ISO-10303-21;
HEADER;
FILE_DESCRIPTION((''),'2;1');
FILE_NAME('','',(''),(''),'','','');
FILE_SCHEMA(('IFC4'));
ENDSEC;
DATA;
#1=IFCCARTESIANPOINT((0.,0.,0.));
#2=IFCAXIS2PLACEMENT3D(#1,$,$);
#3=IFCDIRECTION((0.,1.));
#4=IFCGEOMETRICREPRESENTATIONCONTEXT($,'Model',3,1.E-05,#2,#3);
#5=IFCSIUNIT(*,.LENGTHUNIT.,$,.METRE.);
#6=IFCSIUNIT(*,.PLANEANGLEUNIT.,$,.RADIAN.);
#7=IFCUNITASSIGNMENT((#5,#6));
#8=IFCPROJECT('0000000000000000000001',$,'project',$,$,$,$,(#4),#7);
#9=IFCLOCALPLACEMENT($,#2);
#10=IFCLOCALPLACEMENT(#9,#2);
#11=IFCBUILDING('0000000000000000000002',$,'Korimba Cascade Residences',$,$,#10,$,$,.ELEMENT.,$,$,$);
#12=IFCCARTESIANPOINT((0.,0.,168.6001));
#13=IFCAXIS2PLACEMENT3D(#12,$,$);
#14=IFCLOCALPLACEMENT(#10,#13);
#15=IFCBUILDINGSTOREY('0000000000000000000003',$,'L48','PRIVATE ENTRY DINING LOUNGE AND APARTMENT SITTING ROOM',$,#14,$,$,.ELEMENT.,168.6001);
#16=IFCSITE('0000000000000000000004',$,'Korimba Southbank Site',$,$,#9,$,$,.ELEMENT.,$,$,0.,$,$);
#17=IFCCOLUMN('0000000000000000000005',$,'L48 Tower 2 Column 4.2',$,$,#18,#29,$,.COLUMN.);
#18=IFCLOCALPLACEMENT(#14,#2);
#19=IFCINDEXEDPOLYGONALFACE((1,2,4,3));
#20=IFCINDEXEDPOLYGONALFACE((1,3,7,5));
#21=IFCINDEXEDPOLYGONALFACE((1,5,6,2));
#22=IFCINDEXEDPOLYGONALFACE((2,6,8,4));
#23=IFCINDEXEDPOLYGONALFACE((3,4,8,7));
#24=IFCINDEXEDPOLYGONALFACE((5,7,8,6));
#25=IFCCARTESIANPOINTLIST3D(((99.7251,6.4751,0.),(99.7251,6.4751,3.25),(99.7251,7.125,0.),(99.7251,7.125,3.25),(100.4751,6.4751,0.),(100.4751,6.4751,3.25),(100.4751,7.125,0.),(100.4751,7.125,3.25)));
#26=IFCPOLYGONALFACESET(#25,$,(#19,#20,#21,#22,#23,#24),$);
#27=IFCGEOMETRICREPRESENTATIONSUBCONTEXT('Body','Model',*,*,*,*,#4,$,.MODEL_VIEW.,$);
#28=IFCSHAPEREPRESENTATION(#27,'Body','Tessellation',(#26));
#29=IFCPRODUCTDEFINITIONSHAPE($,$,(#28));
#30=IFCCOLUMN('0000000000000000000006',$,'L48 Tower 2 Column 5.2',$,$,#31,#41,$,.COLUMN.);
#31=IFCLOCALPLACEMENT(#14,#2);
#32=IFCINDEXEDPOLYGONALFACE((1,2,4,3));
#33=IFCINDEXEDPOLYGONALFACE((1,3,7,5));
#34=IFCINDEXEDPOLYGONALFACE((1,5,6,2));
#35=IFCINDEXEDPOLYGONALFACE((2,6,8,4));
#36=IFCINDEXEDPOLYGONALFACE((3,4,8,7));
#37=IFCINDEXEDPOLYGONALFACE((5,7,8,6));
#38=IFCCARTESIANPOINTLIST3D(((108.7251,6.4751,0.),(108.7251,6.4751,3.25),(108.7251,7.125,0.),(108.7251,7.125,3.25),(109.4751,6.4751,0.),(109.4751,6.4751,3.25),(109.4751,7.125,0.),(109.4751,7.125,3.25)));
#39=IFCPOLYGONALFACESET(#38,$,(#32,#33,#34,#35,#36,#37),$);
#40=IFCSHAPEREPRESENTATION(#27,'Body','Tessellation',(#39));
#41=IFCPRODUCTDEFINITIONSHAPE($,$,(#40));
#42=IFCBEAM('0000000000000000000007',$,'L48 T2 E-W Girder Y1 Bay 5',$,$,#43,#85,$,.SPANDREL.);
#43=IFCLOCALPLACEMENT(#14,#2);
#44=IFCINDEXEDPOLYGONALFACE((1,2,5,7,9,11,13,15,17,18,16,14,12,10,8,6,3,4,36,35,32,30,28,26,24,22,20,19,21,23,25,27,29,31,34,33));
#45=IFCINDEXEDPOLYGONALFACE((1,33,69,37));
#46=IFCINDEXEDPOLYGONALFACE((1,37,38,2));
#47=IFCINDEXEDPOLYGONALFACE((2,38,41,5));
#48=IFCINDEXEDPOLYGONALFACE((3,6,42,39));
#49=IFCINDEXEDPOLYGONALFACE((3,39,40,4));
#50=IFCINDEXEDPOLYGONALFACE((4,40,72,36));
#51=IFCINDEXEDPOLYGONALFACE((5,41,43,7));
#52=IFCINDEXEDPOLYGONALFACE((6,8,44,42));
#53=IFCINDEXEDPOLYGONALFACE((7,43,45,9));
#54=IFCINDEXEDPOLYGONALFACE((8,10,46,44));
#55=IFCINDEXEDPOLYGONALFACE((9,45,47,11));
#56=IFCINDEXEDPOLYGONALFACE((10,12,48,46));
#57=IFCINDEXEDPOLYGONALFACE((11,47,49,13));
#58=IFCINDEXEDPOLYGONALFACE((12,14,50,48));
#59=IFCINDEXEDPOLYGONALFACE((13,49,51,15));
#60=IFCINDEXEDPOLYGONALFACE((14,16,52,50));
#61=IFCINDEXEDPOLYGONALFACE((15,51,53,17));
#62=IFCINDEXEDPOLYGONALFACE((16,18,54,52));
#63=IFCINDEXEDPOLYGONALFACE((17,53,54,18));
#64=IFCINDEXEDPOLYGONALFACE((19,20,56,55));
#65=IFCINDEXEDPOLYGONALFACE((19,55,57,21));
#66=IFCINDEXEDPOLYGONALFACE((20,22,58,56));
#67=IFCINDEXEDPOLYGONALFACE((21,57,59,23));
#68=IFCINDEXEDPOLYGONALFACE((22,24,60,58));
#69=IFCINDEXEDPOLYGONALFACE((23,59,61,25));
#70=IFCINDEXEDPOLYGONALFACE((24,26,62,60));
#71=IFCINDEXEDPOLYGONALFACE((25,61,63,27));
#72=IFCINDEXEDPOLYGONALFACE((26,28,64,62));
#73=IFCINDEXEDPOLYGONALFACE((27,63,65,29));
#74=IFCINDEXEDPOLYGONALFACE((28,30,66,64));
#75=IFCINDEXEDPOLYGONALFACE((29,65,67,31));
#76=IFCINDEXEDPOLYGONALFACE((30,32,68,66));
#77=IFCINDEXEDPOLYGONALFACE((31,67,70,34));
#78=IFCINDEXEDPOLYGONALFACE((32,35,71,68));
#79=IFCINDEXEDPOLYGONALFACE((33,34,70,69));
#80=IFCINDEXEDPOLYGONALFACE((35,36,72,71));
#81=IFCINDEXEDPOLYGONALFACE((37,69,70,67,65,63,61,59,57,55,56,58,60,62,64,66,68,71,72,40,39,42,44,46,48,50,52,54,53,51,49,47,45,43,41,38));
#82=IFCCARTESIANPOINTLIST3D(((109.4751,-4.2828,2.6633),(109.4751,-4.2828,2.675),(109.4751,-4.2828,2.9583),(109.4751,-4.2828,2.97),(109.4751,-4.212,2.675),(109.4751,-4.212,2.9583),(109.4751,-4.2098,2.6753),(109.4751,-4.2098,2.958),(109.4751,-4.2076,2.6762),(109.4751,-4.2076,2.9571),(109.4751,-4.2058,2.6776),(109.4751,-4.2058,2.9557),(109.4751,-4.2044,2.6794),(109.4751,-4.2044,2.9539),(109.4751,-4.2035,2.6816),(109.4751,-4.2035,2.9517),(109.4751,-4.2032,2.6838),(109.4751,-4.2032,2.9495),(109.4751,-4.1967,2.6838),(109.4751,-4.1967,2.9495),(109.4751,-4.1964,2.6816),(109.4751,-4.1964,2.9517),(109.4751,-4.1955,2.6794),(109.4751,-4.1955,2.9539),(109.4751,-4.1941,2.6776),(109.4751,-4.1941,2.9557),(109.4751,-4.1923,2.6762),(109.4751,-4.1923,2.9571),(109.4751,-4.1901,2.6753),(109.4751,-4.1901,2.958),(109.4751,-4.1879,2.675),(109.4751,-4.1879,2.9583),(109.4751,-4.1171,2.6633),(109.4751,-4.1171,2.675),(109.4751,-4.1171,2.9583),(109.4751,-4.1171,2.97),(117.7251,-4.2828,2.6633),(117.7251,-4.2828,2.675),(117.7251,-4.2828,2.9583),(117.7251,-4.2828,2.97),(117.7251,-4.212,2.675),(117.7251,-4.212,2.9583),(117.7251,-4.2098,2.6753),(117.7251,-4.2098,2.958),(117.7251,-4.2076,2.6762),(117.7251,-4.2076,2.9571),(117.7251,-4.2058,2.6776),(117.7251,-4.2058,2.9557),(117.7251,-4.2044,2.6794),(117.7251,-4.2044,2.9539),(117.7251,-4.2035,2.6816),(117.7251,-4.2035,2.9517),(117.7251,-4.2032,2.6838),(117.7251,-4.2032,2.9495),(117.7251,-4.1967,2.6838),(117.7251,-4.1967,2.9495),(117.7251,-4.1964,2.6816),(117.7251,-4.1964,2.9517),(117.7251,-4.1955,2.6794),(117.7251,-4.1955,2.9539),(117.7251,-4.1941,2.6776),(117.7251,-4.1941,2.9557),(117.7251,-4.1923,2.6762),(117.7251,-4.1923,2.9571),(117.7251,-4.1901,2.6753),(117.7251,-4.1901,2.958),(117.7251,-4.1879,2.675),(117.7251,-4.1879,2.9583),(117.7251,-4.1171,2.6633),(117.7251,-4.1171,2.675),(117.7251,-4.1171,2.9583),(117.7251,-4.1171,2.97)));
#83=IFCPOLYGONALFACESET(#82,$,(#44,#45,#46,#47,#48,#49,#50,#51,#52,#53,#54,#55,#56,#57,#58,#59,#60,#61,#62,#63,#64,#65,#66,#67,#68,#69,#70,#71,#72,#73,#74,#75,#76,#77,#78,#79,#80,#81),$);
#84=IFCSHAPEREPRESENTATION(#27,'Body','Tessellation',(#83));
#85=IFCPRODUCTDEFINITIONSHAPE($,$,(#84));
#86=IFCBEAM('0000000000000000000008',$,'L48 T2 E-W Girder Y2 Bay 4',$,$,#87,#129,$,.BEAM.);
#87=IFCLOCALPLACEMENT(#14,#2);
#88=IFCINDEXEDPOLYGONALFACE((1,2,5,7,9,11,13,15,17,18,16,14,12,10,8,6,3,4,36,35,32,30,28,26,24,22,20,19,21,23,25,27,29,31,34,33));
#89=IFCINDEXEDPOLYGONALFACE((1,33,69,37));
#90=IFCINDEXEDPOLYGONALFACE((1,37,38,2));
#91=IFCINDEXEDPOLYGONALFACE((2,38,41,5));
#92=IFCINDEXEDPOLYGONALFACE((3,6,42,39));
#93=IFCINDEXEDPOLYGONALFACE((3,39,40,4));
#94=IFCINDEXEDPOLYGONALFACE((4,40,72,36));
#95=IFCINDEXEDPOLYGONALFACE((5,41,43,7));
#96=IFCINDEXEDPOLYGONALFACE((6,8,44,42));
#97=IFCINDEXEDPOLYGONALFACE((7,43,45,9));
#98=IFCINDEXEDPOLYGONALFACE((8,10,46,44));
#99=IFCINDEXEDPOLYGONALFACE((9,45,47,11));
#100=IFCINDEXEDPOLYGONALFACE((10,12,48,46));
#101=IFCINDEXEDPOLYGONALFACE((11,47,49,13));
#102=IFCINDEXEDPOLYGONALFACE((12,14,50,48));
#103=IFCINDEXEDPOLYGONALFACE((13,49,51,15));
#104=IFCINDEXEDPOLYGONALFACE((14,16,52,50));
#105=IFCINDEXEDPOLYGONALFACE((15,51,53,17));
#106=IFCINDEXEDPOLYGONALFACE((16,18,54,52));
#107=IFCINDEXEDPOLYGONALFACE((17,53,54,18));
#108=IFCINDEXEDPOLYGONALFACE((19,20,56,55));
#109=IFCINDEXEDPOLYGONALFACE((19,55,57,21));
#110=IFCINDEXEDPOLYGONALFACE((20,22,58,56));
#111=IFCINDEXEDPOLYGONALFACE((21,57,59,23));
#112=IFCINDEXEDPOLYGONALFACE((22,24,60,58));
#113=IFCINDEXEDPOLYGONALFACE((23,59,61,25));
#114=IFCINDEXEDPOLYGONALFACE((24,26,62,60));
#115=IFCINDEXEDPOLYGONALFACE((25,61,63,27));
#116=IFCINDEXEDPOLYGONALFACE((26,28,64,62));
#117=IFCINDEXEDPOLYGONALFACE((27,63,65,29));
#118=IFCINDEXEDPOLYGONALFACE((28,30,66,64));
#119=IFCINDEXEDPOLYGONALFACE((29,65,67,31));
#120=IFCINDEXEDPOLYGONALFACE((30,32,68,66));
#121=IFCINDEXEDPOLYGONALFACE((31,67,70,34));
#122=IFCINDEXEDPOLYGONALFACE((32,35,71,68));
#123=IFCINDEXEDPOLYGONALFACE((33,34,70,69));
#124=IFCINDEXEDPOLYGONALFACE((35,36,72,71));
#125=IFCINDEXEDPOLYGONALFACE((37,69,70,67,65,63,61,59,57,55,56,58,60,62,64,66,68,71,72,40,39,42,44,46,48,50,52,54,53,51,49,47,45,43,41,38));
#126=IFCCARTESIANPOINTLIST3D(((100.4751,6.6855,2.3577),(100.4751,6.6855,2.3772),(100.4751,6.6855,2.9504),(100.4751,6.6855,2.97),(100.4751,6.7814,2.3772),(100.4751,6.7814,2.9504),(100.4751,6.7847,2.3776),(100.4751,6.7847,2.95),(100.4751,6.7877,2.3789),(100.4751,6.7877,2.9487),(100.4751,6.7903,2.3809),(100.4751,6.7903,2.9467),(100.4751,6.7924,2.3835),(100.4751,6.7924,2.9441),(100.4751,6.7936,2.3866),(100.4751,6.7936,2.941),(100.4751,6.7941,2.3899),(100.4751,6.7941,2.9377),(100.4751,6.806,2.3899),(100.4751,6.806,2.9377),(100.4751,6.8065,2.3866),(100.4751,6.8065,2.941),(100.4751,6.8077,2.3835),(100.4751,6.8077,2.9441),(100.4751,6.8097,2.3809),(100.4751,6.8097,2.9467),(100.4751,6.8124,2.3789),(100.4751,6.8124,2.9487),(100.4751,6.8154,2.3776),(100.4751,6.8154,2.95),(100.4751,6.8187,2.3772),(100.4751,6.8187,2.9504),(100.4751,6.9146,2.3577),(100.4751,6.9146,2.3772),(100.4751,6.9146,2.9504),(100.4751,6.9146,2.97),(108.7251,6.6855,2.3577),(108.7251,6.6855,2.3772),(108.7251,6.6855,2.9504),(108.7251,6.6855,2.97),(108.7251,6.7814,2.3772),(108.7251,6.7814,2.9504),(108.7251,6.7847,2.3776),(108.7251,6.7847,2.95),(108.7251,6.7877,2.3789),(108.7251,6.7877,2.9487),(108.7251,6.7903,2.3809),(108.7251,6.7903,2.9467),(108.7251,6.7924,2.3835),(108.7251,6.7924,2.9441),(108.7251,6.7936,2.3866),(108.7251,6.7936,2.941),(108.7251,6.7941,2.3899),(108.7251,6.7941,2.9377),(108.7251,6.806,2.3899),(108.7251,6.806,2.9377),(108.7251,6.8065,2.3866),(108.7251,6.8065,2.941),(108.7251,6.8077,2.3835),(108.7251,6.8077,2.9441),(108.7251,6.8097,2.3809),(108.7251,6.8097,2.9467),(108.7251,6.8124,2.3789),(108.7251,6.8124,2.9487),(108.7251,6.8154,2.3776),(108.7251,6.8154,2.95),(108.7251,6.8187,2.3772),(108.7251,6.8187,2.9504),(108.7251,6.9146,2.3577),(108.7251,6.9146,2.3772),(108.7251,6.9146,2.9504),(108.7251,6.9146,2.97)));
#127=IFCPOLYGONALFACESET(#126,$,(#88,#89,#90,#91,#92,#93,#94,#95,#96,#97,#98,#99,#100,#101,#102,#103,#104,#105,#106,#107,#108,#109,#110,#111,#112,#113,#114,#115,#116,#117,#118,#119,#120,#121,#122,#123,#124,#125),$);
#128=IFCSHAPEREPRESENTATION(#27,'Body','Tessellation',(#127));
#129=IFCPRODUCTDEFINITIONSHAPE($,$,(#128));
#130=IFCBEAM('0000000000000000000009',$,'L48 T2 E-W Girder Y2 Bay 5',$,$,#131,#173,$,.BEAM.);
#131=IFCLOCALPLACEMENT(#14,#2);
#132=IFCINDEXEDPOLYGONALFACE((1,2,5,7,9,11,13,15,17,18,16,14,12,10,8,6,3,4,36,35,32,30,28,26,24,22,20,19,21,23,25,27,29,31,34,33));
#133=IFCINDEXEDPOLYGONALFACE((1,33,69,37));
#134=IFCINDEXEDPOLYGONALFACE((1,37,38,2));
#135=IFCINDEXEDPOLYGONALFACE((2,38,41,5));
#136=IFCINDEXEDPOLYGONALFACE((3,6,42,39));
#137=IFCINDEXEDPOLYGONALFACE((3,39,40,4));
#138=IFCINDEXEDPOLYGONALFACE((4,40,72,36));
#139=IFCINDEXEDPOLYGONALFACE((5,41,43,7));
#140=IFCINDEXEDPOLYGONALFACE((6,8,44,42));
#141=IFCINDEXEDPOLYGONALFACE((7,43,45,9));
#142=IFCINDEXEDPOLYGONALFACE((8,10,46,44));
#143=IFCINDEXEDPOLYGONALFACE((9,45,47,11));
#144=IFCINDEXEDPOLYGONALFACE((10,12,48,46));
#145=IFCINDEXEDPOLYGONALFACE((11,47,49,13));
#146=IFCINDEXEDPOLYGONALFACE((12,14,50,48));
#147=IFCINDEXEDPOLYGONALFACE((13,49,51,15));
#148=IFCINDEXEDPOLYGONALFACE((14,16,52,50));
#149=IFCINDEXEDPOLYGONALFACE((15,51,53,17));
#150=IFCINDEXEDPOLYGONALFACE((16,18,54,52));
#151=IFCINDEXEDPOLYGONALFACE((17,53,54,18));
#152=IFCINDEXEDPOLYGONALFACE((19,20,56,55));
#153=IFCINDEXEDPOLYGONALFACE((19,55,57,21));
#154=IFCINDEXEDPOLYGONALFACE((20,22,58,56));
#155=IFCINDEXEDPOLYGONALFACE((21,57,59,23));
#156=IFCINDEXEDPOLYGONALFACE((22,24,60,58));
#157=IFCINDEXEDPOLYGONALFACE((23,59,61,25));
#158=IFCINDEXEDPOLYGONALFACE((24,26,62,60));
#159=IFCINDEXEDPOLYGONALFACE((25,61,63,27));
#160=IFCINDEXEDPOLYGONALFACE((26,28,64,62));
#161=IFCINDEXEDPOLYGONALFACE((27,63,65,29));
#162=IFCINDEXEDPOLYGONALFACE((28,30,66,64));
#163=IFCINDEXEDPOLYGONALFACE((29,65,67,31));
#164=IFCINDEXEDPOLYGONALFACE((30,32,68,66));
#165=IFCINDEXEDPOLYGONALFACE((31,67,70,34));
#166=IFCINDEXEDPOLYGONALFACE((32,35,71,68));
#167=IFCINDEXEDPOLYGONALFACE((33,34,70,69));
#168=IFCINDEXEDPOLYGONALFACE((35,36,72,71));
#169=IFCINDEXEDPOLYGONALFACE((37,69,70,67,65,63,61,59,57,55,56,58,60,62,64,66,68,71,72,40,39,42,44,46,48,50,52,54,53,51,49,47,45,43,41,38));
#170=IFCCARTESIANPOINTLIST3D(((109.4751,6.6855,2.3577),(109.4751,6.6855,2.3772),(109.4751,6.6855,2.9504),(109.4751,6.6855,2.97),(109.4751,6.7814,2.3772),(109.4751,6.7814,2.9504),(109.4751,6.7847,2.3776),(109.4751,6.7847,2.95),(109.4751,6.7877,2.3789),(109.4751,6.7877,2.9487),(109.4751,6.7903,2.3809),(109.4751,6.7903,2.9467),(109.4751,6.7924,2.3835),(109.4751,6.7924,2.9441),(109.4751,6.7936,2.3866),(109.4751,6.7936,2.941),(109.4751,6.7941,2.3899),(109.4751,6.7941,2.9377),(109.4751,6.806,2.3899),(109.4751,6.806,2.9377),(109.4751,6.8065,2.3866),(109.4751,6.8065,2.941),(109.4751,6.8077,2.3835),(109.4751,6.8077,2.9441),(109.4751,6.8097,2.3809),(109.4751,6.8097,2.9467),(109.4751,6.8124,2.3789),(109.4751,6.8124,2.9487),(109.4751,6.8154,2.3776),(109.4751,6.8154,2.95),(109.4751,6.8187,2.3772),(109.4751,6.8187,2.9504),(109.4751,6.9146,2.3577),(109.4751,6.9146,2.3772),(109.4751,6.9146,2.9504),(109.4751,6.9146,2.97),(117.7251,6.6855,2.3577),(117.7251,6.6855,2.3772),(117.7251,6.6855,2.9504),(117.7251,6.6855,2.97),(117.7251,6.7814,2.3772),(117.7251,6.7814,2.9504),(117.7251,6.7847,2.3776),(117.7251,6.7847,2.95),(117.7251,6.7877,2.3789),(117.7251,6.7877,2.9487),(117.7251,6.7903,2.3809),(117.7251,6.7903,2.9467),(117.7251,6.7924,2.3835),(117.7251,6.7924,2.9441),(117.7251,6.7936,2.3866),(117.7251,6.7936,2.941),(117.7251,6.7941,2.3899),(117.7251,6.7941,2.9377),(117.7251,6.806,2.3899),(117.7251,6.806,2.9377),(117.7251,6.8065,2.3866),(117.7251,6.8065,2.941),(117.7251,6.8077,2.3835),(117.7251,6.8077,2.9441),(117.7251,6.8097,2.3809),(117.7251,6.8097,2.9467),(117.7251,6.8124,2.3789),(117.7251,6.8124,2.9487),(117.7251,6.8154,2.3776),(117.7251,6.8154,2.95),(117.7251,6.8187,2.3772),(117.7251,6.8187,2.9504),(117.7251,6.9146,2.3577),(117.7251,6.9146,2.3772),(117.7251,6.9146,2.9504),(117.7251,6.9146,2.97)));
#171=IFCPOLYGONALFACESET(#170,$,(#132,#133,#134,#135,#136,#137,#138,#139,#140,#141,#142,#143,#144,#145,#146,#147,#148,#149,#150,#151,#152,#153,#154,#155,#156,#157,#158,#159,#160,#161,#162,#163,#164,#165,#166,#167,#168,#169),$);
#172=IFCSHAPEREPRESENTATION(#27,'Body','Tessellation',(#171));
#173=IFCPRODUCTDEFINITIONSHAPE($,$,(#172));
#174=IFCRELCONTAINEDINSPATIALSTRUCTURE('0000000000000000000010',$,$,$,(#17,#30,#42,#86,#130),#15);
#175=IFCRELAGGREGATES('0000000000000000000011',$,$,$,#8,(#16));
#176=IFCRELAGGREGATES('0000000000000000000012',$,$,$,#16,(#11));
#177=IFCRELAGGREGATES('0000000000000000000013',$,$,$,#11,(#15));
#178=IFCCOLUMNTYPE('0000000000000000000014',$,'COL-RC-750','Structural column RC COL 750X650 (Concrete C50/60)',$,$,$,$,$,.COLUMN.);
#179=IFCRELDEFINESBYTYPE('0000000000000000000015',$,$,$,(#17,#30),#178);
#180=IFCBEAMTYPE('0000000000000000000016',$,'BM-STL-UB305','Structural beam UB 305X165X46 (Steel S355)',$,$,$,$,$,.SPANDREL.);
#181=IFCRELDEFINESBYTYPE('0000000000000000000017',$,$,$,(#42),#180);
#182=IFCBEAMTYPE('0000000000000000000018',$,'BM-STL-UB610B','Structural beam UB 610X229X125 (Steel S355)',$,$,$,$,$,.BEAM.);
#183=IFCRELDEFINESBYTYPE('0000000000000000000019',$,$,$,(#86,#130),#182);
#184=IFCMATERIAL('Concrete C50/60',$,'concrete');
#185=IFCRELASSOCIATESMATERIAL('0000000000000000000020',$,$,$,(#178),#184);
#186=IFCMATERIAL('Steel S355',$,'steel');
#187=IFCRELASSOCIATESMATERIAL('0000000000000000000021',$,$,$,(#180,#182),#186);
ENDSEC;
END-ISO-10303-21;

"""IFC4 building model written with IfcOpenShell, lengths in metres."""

from ifc_helpers import new_model, si_unit, direction, frame, origin, origin_2d, place, context, subcontext, project, spatial, rectangle, i_section, extrude, material, material_profile, profile_set, type_object, element, save


model = new_model("IFC4")

# Units and contexts
model_context = context("Model", 3, precision=1e-05, world=origin(), true_north=direction((0.0, 1.0)))
body_context = subcontext(model_context, "Body", "Model", "MODEL_VIEW")
ifc_project = project(units=[si_unit("LENGTHUNIT", "METRE"), si_unit("PLANEANGLEUNIT", "RADIAN")], contexts=[model_context])

# Site, building, storey
site_placement = place(None, origin())
site = spatial("IfcSite", under=ifc_project, at=site_placement, Name="Korimba Southbank Site", CompositionType="ELEMENT", RefElevation=0.0)
building_placement = place(site_placement, origin())
building = spatial("IfcBuilding", under=site, at=building_placement, Name="Korimba Cascade Residences", CompositionType="ELEMENT")
storey_placement = place(building_placement, frame((0.0, 0.0, 168.6001)))
storey = spatial("IfcBuildingStorey", under=building, at=storey_placement, Name="L48", Description="PRIVATE ENTRY DINING LOUNGE AND APARTMENT SITTING ROOM", CompositionType="ELEMENT", Elevation=168.6001)

# Columns
ifc_material_1 = material(Name="Concrete C50/60", Category="concrete")
ifc_material_profile_1 = material_profile(ifc_material_1, rectangle(XDim=0.75, YDim=0.6499, at=origin_2d()), Name="Concrete C50/60")
ifc_profile_set_1 = profile_set([ifc_material_profile_1], Name="Concrete C50/60")
column_type = type_object("IfcColumnType", Name="COL-RC-750", Description="Structural column RC COL 750X650 (Concrete C50/60)", PredefinedType="COLUMN", material=ifc_profile_set_1)
for number, where, z_axis, x_axis, name in (
    (1, (100.1001, 6.8, 0.0), (0.0, 0.0, 1.0), (1.0, 0.0, 0.0), "L48 Tower 2 Column 4.2"),
    (2, (109.1001, 6.8, 0.0), (0.0, 0.0, 1.0), (1.0, 0.0, 0.0), "L48 Tower 2 Column 5.2"),
):
    element("IfcColumn", number, at=place(storey_placement, frame(where, z_axis=z_axis, x_axis=x_axis)), inside=storey, type_object=column_type, Name=name, PredefinedType="COLUMN", context=body_context, shape_type="SweptSolid", body=[
        extrude(rectangle(XDim=0.75, YDim=0.6499, at=origin_2d()), origin(), (0.0, 0.0, 1.0), 3.25),
    ])

# Beams
ifc_material_2 = material(Name="Steel S355", Category="steel")
ifc_material_profile_2 = material_profile(ifc_material_2, i_section(OverallWidth=0.1658, OverallDepth=0.3066, WebThickness=0.0066, FlangeThickness=0.0117, FilletRadius=0.0088, at=origin_2d()), Name="Steel S355")
ifc_profile_set_2 = profile_set([ifc_material_profile_2], Name="Steel S355")
beam_type_1 = type_object("IfcBeamType", Name="BM-STL-UB305", Description="Structural beam UB 305X165X46 (Steel S355)", PredefinedType="SPANDREL", material=ifc_profile_set_2)
beam_1_placement = place(storey_placement, frame((109.4751, -4.2, 2.8167), z_axis=(1.0, 0.0, 0.0), x_axis=(0.0, 1.0, 0.0)))
element("IfcBeam", 3, at=beam_1_placement, inside=storey, type_object=beam_type_1, Name="L48 T2 E-W Girder Y1 Bay 5", PredefinedType="SPANDREL", context=body_context, shape_type="SweptSolid", body=[
    extrude(i_section(OverallWidth=0.1658, OverallDepth=0.3066, WebThickness=0.0066, FlangeThickness=0.0117, FilletRadius=0.0088, at=origin_2d()), origin(), (0.0, 0.0, 1.0), 8.25),
])
ifc_material_profile_3 = material_profile(ifc_material_2, i_section(OverallWidth=0.229, OverallDepth=0.6123, WebThickness=0.012, FlangeThickness=0.0195, FilletRadius=0.0127, at=origin_2d()), Name="Steel S355")
ifc_profile_set_3 = profile_set([ifc_material_profile_3], Name="Steel S355")
beam_type_2 = type_object("IfcBeamType", Name="BM-STL-UB610B", Description="Structural beam UB 610X229X125 (Steel S355)", PredefinedType="BEAM", material=ifc_profile_set_3)
for number, where, z_axis, x_axis, name in (
    (4, (100.4751, 6.8, 2.6638), (1.0, 0.0, 0.0), (0.0, 1.0, 0.0), "L48 T2 E-W Girder Y2 Bay 4"),
    (5, (109.4751, 6.8, 2.6638), (1.0, 0.0, 0.0), (0.0, 1.0, 0.0), "L48 T2 E-W Girder Y2 Bay 5"),
):
    element("IfcBeam", number, at=place(storey_placement, frame(where, z_axis=z_axis, x_axis=x_axis)), inside=storey, type_object=beam_type_2, Name=name, PredefinedType="BEAM", context=body_context, shape_type="SweptSolid", body=[
        extrude(i_section(OverallWidth=0.229, OverallDepth=0.6123, WebThickness=0.012, FlangeThickness=0.0195, FilletRadius=0.0127, at=origin_2d()), origin(), (0.0, 0.0, 1.0), 8.25),
    ])

save(model, "model.ifc")
